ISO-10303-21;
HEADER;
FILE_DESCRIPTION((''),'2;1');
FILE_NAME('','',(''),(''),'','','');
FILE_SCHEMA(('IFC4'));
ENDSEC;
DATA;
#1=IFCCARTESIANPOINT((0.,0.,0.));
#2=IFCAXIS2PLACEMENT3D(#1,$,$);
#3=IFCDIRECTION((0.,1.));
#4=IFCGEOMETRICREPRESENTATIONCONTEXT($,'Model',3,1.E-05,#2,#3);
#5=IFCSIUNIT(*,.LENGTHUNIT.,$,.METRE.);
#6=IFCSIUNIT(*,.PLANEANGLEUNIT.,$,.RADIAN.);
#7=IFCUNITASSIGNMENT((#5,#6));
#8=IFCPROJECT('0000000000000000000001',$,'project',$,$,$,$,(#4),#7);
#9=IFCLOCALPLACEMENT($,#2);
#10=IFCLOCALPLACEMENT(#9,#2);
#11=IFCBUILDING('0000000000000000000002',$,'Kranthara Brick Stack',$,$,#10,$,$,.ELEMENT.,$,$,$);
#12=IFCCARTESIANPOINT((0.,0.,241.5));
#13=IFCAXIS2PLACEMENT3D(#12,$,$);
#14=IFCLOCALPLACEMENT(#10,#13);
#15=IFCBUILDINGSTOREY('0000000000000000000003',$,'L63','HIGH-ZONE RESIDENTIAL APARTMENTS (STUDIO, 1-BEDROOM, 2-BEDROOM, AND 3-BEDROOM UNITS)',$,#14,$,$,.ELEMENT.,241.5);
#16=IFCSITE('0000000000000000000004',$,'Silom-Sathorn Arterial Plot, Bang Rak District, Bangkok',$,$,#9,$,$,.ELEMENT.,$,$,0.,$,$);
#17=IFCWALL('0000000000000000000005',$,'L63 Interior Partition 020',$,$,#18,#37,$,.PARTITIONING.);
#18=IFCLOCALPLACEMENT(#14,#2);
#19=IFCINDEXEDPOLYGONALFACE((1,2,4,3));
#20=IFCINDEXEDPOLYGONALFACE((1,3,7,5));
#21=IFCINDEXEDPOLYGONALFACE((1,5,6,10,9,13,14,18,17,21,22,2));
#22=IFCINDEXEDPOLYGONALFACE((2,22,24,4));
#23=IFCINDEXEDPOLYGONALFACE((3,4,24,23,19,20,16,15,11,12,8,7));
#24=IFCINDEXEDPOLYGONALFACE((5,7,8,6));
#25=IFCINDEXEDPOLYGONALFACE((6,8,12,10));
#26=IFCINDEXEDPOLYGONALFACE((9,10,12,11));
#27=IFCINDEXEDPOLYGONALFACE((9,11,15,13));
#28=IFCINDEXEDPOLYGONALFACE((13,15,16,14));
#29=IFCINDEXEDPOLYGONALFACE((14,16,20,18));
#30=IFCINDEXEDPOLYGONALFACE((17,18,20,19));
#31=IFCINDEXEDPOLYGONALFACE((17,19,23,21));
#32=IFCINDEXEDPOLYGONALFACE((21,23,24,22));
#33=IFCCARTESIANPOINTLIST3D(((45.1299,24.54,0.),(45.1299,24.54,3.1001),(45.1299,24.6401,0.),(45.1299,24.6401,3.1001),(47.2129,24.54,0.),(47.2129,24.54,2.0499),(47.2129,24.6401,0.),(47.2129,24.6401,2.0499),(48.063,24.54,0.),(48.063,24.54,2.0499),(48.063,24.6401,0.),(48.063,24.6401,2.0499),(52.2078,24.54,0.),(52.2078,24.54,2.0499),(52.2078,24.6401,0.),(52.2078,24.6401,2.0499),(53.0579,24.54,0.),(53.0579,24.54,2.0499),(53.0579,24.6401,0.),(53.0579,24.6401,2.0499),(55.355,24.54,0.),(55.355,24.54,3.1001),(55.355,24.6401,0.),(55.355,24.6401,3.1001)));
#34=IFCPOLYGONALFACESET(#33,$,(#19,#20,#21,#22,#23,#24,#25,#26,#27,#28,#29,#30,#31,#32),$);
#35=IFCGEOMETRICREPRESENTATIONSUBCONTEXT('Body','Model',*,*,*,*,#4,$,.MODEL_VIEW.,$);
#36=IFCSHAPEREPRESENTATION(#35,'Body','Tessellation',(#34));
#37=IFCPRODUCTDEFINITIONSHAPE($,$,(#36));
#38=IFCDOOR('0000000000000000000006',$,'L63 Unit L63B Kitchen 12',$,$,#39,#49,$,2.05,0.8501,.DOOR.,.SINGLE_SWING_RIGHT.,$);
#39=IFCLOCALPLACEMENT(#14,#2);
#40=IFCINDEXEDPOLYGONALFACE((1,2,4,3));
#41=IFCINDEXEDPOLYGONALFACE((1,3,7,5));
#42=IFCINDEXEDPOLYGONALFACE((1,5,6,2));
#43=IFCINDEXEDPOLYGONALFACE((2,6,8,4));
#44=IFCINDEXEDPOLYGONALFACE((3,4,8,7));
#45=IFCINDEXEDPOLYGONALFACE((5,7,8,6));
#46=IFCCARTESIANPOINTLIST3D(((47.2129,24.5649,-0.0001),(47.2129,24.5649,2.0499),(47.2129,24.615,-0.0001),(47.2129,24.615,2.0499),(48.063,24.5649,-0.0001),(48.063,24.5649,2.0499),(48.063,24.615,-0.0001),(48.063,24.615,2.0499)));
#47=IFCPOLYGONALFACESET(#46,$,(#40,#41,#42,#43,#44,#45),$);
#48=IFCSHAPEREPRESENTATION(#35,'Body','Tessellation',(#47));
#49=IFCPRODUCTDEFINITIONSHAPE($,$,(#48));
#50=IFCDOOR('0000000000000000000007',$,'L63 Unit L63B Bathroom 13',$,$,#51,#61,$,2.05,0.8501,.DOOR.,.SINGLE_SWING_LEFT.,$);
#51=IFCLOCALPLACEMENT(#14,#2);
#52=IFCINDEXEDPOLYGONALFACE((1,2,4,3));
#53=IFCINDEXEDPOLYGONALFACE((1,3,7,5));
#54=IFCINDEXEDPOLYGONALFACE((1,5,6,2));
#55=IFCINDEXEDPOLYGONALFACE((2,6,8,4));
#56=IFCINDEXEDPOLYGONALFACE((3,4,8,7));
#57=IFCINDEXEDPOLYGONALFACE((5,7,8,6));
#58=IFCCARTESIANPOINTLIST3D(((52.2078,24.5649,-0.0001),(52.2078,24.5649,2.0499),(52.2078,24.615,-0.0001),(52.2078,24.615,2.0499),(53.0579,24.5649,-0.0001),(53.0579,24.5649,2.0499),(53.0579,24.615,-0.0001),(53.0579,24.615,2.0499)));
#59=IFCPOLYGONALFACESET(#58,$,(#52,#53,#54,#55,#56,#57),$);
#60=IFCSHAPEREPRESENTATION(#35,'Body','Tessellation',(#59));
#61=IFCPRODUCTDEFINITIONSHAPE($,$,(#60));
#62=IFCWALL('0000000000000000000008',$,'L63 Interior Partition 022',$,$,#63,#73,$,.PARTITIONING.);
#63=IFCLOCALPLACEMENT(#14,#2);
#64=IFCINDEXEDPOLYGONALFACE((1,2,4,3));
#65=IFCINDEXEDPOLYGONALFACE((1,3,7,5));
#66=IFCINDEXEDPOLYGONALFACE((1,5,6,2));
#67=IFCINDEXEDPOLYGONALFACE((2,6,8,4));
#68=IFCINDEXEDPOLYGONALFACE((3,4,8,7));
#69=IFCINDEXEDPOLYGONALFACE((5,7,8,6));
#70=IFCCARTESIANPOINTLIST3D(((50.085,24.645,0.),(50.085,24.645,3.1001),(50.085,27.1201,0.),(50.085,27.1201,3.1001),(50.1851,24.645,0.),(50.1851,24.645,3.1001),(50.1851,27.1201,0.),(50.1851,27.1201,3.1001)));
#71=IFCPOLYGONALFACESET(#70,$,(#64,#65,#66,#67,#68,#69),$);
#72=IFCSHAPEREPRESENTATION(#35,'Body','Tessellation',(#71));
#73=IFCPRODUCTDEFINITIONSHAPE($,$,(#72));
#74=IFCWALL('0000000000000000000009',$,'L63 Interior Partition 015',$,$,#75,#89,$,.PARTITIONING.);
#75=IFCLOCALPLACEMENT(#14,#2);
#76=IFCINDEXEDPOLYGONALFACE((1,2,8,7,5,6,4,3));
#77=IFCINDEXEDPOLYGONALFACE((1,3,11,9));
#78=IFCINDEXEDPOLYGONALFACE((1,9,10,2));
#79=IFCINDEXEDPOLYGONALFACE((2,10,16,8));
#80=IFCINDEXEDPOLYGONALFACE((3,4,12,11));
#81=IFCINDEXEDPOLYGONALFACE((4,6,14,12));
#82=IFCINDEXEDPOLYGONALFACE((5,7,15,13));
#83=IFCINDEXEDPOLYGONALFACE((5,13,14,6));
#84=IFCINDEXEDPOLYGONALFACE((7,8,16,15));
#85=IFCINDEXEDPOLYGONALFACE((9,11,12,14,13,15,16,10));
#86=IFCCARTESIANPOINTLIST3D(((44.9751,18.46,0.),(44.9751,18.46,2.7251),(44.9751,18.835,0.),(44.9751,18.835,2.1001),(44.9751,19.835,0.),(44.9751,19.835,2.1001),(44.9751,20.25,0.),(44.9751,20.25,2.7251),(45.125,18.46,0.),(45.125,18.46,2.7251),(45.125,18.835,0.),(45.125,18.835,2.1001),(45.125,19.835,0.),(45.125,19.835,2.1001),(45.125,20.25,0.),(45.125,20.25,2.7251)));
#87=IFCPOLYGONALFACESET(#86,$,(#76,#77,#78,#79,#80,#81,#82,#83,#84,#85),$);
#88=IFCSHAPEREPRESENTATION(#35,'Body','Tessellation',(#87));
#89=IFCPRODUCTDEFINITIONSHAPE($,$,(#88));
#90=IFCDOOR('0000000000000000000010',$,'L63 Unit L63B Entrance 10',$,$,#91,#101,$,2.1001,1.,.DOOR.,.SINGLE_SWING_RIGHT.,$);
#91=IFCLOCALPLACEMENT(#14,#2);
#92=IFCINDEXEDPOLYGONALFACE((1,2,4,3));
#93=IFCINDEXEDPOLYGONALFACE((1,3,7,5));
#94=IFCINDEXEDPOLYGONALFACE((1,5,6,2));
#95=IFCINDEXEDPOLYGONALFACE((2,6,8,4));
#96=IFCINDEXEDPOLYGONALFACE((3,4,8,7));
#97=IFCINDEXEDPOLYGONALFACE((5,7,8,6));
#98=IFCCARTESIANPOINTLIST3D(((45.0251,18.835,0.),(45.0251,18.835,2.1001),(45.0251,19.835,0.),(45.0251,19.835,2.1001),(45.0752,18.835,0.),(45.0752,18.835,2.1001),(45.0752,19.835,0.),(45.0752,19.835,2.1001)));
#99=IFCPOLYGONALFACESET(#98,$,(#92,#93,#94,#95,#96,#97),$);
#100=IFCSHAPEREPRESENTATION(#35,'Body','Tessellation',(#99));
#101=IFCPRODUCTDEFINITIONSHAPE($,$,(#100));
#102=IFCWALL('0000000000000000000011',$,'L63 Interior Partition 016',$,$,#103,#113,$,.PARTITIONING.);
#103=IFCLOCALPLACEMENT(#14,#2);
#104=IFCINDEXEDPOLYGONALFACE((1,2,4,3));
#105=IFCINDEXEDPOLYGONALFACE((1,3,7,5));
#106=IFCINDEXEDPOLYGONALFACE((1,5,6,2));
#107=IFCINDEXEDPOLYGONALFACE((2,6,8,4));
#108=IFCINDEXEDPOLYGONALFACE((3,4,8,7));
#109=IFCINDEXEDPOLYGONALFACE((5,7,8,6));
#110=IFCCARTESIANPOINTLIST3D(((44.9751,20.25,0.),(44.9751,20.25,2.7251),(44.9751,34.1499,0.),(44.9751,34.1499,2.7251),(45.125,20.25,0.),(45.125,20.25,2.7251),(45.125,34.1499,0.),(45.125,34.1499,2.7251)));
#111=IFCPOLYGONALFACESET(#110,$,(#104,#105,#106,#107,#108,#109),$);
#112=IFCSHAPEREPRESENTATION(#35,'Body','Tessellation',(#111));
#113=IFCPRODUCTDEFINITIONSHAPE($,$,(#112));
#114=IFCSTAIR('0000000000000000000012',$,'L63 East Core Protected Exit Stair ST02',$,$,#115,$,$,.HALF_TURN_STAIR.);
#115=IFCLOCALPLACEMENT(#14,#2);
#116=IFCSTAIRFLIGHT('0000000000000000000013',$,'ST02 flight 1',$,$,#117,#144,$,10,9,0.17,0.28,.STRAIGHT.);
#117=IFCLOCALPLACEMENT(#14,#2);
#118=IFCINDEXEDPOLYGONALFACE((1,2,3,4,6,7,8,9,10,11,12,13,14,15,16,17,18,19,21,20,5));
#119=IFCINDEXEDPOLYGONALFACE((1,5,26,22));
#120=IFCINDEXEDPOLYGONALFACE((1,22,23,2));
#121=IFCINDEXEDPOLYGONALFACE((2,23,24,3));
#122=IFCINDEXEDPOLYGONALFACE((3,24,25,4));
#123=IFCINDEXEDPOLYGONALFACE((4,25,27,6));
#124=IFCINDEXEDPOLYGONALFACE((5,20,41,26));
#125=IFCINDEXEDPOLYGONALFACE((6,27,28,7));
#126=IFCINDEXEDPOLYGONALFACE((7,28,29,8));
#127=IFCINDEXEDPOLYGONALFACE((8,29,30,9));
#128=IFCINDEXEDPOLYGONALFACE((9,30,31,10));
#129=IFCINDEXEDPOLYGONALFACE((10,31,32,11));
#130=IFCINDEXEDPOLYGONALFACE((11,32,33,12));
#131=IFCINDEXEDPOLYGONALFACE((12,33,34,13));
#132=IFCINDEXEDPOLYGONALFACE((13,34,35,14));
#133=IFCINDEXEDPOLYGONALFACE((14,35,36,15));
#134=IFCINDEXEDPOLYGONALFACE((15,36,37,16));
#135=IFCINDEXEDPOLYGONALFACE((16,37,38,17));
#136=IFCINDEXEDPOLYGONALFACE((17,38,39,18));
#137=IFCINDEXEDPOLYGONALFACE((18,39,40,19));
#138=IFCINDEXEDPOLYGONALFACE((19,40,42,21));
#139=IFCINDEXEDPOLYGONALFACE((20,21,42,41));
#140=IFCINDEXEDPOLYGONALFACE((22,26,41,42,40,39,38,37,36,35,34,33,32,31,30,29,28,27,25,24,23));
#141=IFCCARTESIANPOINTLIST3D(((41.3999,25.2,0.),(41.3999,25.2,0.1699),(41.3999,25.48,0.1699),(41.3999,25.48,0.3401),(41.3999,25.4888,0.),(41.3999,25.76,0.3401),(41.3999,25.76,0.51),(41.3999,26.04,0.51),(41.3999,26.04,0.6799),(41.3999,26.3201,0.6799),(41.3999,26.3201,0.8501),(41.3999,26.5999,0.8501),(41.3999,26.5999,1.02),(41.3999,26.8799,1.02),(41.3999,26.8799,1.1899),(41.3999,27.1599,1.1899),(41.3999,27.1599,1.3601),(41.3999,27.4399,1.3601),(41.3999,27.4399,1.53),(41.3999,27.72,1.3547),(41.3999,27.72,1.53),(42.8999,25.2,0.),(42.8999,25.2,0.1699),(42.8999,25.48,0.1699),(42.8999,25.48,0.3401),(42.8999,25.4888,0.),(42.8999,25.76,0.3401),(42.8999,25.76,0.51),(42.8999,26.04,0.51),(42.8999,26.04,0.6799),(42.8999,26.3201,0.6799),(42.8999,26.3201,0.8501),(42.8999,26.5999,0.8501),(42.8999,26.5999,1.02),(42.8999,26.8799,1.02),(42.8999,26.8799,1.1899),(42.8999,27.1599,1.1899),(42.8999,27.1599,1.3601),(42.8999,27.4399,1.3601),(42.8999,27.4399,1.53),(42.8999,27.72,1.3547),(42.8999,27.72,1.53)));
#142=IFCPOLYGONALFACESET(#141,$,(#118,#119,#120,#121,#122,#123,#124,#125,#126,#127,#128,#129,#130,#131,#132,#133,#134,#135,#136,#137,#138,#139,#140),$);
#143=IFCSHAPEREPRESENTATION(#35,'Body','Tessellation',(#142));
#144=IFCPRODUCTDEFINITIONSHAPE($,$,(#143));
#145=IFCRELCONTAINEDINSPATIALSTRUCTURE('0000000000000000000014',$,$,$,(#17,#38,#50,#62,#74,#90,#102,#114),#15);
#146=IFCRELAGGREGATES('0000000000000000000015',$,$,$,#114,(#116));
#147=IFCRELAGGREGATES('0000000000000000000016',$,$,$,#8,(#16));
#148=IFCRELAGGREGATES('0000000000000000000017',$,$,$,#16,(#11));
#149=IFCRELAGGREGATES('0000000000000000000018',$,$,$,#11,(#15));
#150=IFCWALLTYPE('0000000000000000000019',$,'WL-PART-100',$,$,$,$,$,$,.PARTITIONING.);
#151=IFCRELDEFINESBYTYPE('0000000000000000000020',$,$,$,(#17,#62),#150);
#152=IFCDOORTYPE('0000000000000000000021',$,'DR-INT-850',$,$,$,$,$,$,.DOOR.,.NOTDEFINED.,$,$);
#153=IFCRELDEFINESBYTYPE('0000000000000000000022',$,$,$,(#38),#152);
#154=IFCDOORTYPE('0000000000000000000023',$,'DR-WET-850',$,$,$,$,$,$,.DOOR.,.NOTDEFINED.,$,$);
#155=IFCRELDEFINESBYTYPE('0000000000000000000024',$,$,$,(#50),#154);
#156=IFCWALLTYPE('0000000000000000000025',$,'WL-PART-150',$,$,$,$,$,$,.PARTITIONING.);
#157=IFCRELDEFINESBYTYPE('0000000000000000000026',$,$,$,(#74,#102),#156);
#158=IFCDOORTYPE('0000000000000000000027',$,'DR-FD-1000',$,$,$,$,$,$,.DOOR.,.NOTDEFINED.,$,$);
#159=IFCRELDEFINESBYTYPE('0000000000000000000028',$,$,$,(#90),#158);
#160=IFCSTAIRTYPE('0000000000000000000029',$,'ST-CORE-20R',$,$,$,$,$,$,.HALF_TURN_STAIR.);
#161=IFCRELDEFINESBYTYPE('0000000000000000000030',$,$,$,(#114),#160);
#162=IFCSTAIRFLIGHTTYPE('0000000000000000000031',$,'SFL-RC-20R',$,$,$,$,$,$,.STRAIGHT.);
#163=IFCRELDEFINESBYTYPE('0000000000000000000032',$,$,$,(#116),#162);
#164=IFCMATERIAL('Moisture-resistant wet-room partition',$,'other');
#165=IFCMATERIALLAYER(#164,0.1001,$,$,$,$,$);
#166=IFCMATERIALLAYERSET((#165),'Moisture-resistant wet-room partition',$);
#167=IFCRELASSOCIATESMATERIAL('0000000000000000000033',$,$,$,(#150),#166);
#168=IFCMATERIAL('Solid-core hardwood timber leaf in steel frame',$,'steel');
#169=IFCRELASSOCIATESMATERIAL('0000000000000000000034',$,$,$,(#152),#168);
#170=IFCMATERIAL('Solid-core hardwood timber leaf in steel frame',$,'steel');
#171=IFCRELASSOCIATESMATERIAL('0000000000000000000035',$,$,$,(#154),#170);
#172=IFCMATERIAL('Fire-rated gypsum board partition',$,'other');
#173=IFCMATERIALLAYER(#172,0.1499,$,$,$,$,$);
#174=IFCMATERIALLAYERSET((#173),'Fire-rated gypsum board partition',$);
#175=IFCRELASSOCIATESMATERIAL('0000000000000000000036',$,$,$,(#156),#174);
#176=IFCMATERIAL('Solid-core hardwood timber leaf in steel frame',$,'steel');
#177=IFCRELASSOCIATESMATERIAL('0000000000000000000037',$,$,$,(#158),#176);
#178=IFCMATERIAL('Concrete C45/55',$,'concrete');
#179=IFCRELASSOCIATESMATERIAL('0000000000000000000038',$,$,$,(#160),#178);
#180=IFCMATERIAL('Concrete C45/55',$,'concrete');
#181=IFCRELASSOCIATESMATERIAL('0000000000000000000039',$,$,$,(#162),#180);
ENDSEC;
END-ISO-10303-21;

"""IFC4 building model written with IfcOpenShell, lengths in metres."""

from ifc_helpers import new_model, si_unit, direction, frame, frame_2d, origin, place, context, subcontext, project, spatial, polyline, rectangle, outline, extrude, material, layer, layer_set, type_object, element, fill, aggregate, save


model = new_model("IFC4")

# Units and contexts
model_context = context("Model", 3, precision=1e-05, world=origin(), true_north=direction((0.0, 1.0)))
body_context = subcontext(model_context, "Body", "Model", "MODEL_VIEW")
ifc_project = project(units=[si_unit("LENGTHUNIT", "METRE"), si_unit("PLANEANGLEUNIT", "RADIAN")], contexts=[model_context])

# Site, building, storey
site_placement = place(None, origin())
site = spatial("IfcSite", under=ifc_project, at=site_placement, Name="Silom-Sathorn Arterial Plot, Bang Rak District, Bangkok", CompositionType="ELEMENT", RefElevation=0.0)
building_placement = place(site_placement, origin())
building = spatial("IfcBuilding", under=site, at=building_placement, Name="Kranthara Brick Stack", CompositionType="ELEMENT")
storey_placement = place(building_placement, frame((0.0, 0.0, 241.5)))
storey = spatial("IfcBuildingStorey", under=building, at=storey_placement, Name="L63", Description="HIGH-ZONE RESIDENTIAL APARTMENTS (STUDIO, 1-BEDROOM, 2-BEDROOM, AND 3-BEDROOM UNITS)", CompositionType="ELEMENT", Elevation=241.5)

# Wall, openings, doors
ifc_material_1 = material(Name="Moisture-resistant wet-room partition", Category="other")
ifc_layer_1 = layer(ifc_material_1, 0.1001)
ifc_layer_set_1 = layer_set([ifc_layer_1], Name="Moisture-resistant wet-room partition")
wall_type_1 = type_object("IfcWallType", Name="WL-PART-100", PredefinedType="PARTITIONING", material=ifc_layer_set_1)
wall_1_placement = place(storey_placement, frame((45.1299, 24.5901, 0.0), z_axis=(0.0, 0.0, 1.0), x_axis=(1.0, 0.0, 0.0)))
wall_1 = element("IfcWall", 1, at=wall_1_placement, inside=storey, type_object=wall_type_1, Name="L63 Interior Partition 020", PredefinedType="PARTITIONING", context=body_context, shape_type="SweptSolid", body=[
    extrude(rectangle(XDim=10.2251, YDim=0.1001, at=frame_2d((5.1125, 0.0))), origin(), (0.0, 0.0, 1.0), 3.1001),
])
opening_1_placement = place(wall_1_placement, frame((2.083, 0.0, 0.0)))
opening_1 = element("IfcOpeningElement", 2, at=opening_1_placement, cuts=wall_1, PredefinedType="OPENING", context=body_context, shape_type="SweptSolid", body=[
    extrude(rectangle(XDim=0.8501, YDim=2.05, at=frame_2d((0.425, 1.0249))), frame((0.0, 0.0601, 0.0), z_axis=(0.0, -1.0, 0.0), x_axis=(1.0, 0.0, 0.0)), (0.0, 0.0, 1.0), 0.1201),
])
opening_2_placement = place(wall_1_placement, frame((7.0779, 0.0, 0.0)))
opening_2 = element("IfcOpeningElement", 3, at=opening_2_placement, cuts=wall_1, PredefinedType="OPENING", context=body_context, shape_type="SweptSolid", body=[
    extrude(rectangle(XDim=0.8501, YDim=2.05, at=frame_2d((0.425, 1.0249))), frame((0.0, 0.0601, 0.0), z_axis=(0.0, -1.0, 0.0), x_axis=(1.0, 0.0, 0.0)), (0.0, 0.0, 1.0), 0.1201),
])
ifc_material_2 = material(Name="Solid-core hardwood timber leaf in steel frame", Category="steel")
door_type_1 = type_object("IfcDoorType", Name="DR-INT-850", OperationType="NOTDEFINED", PredefinedType="DOOR", material=ifc_material_2)
door_1_placement = place(opening_1_placement, origin())
door_1 = element("IfcDoor", 4, at=door_1_placement, inside=storey, type_object=door_type_1, Name="L63 Unit L63B Kitchen 12", OperationType="SINGLE_SWING_RIGHT", OverallHeight=2.05, OverallWidth=0.8501, PredefinedType="DOOR", context=body_context, shape_type="SweptSolid", body=[
    extrude(rectangle(XDim=0.8501, YDim=2.05, at=frame_2d((0.425, 1.0249))), frame((0.0, 0.0249, 0.0), z_axis=(0.0, -1.0, 0.0), x_axis=(1.0, 0.0, 0.0)), (0.0, 0.0, 1.0), 0.05),
])
fill(opening_1, door_1)
ifc_material_3 = material(Name="Solid-core hardwood timber leaf in steel frame", Category="steel")
door_type_2 = type_object("IfcDoorType", Name="DR-WET-850", OperationType="NOTDEFINED", PredefinedType="DOOR", material=ifc_material_3)
door_2_placement = place(opening_2_placement, origin())
door_2 = element("IfcDoor", 5, at=door_2_placement, inside=storey, type_object=door_type_2, Name="L63 Unit L63B Bathroom 13", OperationType="SINGLE_SWING_LEFT", OverallHeight=2.05, OverallWidth=0.8501, PredefinedType="DOOR", context=body_context, shape_type="SweptSolid", body=[
    extrude(rectangle(XDim=0.8501, YDim=2.05, at=frame_2d((0.425, 1.0249))), frame((0.0, 0.0249, 0.0), z_axis=(0.0, -1.0, 0.0), x_axis=(1.0, 0.0, 0.0)), (0.0, 0.0, 1.0), 0.05),
])
fill(opening_2, door_2)

# Wall
wall_2_placement = place(storey_placement, frame((50.135, 24.645, 0.0), z_axis=(0.0, 0.0, 1.0), x_axis=(0.0, 1.0, 0.0)))
element("IfcWall", 6, at=wall_2_placement, inside=storey, type_object=wall_type_1, Name="L63 Interior Partition 022", PredefinedType="PARTITIONING", context=body_context, shape_type="SweptSolid", body=[
    extrude(rectangle(XDim=2.4751, YDim=0.1001, at=frame_2d((1.2375, 0.0))), origin(), (0.0, 0.0, 1.0), 3.1001),
])

# Wall, opening, door
ifc_material_4 = material(Name="Fire-rated gypsum board partition", Category="other")
ifc_layer_2 = layer(ifc_material_4, 0.1499)
ifc_layer_set_2 = layer_set([ifc_layer_2], Name="Fire-rated gypsum board partition")
wall_type_2 = type_object("IfcWallType", Name="WL-PART-150", PredefinedType="PARTITIONING", material=ifc_layer_set_2)
wall_3_placement = place(storey_placement, frame((45.05, 18.46, 0.0), z_axis=(0.0, 0.0, 1.0), x_axis=(0.0, 1.0, 0.0)))
wall_3 = element("IfcWall", 7, at=wall_3_placement, inside=storey, type_object=wall_type_2, Name="L63 Interior Partition 015", PredefinedType="PARTITIONING", context=body_context, shape_type="SweptSolid", body=[
    extrude(rectangle(XDim=1.79, YDim=0.1499, at=frame_2d((0.895, 0.0))), origin(), (0.0, 0.0, 1.0), 2.7251),
])
opening_3_placement = place(wall_3_placement, frame((0.375, 0.0, 0.0)))
opening_3 = element("IfcOpeningElement", 8, at=opening_3_placement, cuts=wall_3, PredefinedType="OPENING", context=body_context, shape_type="SweptSolid", body=[
    extrude(rectangle(XDim=1.0, YDim=2.1001, at=frame_2d((0.5, 1.05))), frame((0.0, 0.085, 0.0), z_axis=(0.0, -1.0, 0.0), x_axis=(1.0, 0.0, 0.0)), (0.0, 0.0, 1.0), 0.1699),
])
ifc_material_5 = material(Name="Solid-core hardwood timber leaf in steel frame", Category="steel")
door_type_3 = type_object("IfcDoorType", Name="DR-FD-1000", OperationType="NOTDEFINED", PredefinedType="DOOR", material=ifc_material_5)
door_3_placement = place(opening_3_placement, origin())
door_3 = element("IfcDoor", 9, at=door_3_placement, inside=storey, type_object=door_type_3, Name="L63 Unit L63B Entrance 10", OperationType="SINGLE_SWING_RIGHT", OverallHeight=2.1001, OverallWidth=1.0, PredefinedType="DOOR", context=body_context, shape_type="SweptSolid", body=[
    extrude(rectangle(XDim=1.0, YDim=2.1001, at=frame_2d((0.5, 1.05))), frame((0.0, 0.0249, 0.0), z_axis=(0.0, -1.0, 0.0), x_axis=(1.0, 0.0, 0.0)), (0.0, 0.0, 1.0), 0.05),
])
fill(opening_3, door_3)

# Wall
wall_4_placement = place(storey_placement, frame((45.05, 20.25, 0.0), z_axis=(0.0, 0.0, 1.0), x_axis=(0.0, 1.0, 0.0)))
element("IfcWall", 10, at=wall_4_placement, inside=storey, type_object=wall_type_2, Name="L63 Interior Partition 016", PredefinedType="PARTITIONING", context=body_context, shape_type="SweptSolid", body=[
    extrude(rectangle(XDim=13.8999, YDim=0.1499, at=frame_2d((6.95, 0.0))), origin(), (0.0, 0.0, 1.0), 2.7251),
])

# Stair, stair flight
ifc_material_6 = material(Name="Concrete C45/55", Category="concrete")
stair_type = type_object("IfcStairType", Name="ST-CORE-20R", PredefinedType="HALF_TURN_STAIR", material=ifc_material_6)
stair_placement = place(storey_placement, origin())
stair = element("IfcStair", 11, at=stair_placement, inside=storey, type_object=stair_type, Name="L63 East Core Protected Exit Stair ST02", PredefinedType="HALF_TURN_STAIR")
ifc_material_7 = material(Name="Concrete C45/55", Category="concrete")
stair_flight_type = type_object("IfcStairFlightType", Name="SFL-RC-20R", PredefinedType="STRAIGHT", material=ifc_material_7)
stair_flight_placement = place(storey_placement, frame((42.1499, 25.2, 0.0), z_axis=(0.0, 0.0, 1.0), x_axis=(0.0, 1.0, 0.0)))
stair_flight = element("IfcStairFlight", 12, at=stair_flight_placement, type_object=stair_flight_type, Name="ST02 flight 1", NumberOfRisers=10, NumberOfTreads=9, PredefinedType="STRAIGHT", RiserHeight=0.17, TreadLength=0.28, context=body_context, shape_type="SweptSolid", body=[
    extrude(outline(polyline([(0.0, 0.0), (0.0, 0.1699), (0.28, 0.1699), (0.28, 0.3401), (0.5601, 0.3401), (0.5601, 0.51), (0.8401, 0.51), (0.8401, 0.6799), (1.1201, 0.6799), (1.1201, 0.8501), (1.3999, 0.8501), (1.3999, 1.02), (1.6799, 1.02), (1.6799, 1.1899), (1.96, 1.1899), (1.96, 1.3601), (2.24, 1.3601), (2.24, 1.53), (2.52, 1.53), (2.52, 1.7), (2.52, 1.3547), (0.2888, 0.0), (0.0, 0.0)])), frame((0.0, 0.75, 0.0), z_axis=(0.0, -1.0, 0.0), x_axis=(1.0, 0.0, 0.0)), (0.0, 0.0, 1.0), 1.5),
])
aggregate(stair, [stair_flight])

save(model, "model.ifc")
